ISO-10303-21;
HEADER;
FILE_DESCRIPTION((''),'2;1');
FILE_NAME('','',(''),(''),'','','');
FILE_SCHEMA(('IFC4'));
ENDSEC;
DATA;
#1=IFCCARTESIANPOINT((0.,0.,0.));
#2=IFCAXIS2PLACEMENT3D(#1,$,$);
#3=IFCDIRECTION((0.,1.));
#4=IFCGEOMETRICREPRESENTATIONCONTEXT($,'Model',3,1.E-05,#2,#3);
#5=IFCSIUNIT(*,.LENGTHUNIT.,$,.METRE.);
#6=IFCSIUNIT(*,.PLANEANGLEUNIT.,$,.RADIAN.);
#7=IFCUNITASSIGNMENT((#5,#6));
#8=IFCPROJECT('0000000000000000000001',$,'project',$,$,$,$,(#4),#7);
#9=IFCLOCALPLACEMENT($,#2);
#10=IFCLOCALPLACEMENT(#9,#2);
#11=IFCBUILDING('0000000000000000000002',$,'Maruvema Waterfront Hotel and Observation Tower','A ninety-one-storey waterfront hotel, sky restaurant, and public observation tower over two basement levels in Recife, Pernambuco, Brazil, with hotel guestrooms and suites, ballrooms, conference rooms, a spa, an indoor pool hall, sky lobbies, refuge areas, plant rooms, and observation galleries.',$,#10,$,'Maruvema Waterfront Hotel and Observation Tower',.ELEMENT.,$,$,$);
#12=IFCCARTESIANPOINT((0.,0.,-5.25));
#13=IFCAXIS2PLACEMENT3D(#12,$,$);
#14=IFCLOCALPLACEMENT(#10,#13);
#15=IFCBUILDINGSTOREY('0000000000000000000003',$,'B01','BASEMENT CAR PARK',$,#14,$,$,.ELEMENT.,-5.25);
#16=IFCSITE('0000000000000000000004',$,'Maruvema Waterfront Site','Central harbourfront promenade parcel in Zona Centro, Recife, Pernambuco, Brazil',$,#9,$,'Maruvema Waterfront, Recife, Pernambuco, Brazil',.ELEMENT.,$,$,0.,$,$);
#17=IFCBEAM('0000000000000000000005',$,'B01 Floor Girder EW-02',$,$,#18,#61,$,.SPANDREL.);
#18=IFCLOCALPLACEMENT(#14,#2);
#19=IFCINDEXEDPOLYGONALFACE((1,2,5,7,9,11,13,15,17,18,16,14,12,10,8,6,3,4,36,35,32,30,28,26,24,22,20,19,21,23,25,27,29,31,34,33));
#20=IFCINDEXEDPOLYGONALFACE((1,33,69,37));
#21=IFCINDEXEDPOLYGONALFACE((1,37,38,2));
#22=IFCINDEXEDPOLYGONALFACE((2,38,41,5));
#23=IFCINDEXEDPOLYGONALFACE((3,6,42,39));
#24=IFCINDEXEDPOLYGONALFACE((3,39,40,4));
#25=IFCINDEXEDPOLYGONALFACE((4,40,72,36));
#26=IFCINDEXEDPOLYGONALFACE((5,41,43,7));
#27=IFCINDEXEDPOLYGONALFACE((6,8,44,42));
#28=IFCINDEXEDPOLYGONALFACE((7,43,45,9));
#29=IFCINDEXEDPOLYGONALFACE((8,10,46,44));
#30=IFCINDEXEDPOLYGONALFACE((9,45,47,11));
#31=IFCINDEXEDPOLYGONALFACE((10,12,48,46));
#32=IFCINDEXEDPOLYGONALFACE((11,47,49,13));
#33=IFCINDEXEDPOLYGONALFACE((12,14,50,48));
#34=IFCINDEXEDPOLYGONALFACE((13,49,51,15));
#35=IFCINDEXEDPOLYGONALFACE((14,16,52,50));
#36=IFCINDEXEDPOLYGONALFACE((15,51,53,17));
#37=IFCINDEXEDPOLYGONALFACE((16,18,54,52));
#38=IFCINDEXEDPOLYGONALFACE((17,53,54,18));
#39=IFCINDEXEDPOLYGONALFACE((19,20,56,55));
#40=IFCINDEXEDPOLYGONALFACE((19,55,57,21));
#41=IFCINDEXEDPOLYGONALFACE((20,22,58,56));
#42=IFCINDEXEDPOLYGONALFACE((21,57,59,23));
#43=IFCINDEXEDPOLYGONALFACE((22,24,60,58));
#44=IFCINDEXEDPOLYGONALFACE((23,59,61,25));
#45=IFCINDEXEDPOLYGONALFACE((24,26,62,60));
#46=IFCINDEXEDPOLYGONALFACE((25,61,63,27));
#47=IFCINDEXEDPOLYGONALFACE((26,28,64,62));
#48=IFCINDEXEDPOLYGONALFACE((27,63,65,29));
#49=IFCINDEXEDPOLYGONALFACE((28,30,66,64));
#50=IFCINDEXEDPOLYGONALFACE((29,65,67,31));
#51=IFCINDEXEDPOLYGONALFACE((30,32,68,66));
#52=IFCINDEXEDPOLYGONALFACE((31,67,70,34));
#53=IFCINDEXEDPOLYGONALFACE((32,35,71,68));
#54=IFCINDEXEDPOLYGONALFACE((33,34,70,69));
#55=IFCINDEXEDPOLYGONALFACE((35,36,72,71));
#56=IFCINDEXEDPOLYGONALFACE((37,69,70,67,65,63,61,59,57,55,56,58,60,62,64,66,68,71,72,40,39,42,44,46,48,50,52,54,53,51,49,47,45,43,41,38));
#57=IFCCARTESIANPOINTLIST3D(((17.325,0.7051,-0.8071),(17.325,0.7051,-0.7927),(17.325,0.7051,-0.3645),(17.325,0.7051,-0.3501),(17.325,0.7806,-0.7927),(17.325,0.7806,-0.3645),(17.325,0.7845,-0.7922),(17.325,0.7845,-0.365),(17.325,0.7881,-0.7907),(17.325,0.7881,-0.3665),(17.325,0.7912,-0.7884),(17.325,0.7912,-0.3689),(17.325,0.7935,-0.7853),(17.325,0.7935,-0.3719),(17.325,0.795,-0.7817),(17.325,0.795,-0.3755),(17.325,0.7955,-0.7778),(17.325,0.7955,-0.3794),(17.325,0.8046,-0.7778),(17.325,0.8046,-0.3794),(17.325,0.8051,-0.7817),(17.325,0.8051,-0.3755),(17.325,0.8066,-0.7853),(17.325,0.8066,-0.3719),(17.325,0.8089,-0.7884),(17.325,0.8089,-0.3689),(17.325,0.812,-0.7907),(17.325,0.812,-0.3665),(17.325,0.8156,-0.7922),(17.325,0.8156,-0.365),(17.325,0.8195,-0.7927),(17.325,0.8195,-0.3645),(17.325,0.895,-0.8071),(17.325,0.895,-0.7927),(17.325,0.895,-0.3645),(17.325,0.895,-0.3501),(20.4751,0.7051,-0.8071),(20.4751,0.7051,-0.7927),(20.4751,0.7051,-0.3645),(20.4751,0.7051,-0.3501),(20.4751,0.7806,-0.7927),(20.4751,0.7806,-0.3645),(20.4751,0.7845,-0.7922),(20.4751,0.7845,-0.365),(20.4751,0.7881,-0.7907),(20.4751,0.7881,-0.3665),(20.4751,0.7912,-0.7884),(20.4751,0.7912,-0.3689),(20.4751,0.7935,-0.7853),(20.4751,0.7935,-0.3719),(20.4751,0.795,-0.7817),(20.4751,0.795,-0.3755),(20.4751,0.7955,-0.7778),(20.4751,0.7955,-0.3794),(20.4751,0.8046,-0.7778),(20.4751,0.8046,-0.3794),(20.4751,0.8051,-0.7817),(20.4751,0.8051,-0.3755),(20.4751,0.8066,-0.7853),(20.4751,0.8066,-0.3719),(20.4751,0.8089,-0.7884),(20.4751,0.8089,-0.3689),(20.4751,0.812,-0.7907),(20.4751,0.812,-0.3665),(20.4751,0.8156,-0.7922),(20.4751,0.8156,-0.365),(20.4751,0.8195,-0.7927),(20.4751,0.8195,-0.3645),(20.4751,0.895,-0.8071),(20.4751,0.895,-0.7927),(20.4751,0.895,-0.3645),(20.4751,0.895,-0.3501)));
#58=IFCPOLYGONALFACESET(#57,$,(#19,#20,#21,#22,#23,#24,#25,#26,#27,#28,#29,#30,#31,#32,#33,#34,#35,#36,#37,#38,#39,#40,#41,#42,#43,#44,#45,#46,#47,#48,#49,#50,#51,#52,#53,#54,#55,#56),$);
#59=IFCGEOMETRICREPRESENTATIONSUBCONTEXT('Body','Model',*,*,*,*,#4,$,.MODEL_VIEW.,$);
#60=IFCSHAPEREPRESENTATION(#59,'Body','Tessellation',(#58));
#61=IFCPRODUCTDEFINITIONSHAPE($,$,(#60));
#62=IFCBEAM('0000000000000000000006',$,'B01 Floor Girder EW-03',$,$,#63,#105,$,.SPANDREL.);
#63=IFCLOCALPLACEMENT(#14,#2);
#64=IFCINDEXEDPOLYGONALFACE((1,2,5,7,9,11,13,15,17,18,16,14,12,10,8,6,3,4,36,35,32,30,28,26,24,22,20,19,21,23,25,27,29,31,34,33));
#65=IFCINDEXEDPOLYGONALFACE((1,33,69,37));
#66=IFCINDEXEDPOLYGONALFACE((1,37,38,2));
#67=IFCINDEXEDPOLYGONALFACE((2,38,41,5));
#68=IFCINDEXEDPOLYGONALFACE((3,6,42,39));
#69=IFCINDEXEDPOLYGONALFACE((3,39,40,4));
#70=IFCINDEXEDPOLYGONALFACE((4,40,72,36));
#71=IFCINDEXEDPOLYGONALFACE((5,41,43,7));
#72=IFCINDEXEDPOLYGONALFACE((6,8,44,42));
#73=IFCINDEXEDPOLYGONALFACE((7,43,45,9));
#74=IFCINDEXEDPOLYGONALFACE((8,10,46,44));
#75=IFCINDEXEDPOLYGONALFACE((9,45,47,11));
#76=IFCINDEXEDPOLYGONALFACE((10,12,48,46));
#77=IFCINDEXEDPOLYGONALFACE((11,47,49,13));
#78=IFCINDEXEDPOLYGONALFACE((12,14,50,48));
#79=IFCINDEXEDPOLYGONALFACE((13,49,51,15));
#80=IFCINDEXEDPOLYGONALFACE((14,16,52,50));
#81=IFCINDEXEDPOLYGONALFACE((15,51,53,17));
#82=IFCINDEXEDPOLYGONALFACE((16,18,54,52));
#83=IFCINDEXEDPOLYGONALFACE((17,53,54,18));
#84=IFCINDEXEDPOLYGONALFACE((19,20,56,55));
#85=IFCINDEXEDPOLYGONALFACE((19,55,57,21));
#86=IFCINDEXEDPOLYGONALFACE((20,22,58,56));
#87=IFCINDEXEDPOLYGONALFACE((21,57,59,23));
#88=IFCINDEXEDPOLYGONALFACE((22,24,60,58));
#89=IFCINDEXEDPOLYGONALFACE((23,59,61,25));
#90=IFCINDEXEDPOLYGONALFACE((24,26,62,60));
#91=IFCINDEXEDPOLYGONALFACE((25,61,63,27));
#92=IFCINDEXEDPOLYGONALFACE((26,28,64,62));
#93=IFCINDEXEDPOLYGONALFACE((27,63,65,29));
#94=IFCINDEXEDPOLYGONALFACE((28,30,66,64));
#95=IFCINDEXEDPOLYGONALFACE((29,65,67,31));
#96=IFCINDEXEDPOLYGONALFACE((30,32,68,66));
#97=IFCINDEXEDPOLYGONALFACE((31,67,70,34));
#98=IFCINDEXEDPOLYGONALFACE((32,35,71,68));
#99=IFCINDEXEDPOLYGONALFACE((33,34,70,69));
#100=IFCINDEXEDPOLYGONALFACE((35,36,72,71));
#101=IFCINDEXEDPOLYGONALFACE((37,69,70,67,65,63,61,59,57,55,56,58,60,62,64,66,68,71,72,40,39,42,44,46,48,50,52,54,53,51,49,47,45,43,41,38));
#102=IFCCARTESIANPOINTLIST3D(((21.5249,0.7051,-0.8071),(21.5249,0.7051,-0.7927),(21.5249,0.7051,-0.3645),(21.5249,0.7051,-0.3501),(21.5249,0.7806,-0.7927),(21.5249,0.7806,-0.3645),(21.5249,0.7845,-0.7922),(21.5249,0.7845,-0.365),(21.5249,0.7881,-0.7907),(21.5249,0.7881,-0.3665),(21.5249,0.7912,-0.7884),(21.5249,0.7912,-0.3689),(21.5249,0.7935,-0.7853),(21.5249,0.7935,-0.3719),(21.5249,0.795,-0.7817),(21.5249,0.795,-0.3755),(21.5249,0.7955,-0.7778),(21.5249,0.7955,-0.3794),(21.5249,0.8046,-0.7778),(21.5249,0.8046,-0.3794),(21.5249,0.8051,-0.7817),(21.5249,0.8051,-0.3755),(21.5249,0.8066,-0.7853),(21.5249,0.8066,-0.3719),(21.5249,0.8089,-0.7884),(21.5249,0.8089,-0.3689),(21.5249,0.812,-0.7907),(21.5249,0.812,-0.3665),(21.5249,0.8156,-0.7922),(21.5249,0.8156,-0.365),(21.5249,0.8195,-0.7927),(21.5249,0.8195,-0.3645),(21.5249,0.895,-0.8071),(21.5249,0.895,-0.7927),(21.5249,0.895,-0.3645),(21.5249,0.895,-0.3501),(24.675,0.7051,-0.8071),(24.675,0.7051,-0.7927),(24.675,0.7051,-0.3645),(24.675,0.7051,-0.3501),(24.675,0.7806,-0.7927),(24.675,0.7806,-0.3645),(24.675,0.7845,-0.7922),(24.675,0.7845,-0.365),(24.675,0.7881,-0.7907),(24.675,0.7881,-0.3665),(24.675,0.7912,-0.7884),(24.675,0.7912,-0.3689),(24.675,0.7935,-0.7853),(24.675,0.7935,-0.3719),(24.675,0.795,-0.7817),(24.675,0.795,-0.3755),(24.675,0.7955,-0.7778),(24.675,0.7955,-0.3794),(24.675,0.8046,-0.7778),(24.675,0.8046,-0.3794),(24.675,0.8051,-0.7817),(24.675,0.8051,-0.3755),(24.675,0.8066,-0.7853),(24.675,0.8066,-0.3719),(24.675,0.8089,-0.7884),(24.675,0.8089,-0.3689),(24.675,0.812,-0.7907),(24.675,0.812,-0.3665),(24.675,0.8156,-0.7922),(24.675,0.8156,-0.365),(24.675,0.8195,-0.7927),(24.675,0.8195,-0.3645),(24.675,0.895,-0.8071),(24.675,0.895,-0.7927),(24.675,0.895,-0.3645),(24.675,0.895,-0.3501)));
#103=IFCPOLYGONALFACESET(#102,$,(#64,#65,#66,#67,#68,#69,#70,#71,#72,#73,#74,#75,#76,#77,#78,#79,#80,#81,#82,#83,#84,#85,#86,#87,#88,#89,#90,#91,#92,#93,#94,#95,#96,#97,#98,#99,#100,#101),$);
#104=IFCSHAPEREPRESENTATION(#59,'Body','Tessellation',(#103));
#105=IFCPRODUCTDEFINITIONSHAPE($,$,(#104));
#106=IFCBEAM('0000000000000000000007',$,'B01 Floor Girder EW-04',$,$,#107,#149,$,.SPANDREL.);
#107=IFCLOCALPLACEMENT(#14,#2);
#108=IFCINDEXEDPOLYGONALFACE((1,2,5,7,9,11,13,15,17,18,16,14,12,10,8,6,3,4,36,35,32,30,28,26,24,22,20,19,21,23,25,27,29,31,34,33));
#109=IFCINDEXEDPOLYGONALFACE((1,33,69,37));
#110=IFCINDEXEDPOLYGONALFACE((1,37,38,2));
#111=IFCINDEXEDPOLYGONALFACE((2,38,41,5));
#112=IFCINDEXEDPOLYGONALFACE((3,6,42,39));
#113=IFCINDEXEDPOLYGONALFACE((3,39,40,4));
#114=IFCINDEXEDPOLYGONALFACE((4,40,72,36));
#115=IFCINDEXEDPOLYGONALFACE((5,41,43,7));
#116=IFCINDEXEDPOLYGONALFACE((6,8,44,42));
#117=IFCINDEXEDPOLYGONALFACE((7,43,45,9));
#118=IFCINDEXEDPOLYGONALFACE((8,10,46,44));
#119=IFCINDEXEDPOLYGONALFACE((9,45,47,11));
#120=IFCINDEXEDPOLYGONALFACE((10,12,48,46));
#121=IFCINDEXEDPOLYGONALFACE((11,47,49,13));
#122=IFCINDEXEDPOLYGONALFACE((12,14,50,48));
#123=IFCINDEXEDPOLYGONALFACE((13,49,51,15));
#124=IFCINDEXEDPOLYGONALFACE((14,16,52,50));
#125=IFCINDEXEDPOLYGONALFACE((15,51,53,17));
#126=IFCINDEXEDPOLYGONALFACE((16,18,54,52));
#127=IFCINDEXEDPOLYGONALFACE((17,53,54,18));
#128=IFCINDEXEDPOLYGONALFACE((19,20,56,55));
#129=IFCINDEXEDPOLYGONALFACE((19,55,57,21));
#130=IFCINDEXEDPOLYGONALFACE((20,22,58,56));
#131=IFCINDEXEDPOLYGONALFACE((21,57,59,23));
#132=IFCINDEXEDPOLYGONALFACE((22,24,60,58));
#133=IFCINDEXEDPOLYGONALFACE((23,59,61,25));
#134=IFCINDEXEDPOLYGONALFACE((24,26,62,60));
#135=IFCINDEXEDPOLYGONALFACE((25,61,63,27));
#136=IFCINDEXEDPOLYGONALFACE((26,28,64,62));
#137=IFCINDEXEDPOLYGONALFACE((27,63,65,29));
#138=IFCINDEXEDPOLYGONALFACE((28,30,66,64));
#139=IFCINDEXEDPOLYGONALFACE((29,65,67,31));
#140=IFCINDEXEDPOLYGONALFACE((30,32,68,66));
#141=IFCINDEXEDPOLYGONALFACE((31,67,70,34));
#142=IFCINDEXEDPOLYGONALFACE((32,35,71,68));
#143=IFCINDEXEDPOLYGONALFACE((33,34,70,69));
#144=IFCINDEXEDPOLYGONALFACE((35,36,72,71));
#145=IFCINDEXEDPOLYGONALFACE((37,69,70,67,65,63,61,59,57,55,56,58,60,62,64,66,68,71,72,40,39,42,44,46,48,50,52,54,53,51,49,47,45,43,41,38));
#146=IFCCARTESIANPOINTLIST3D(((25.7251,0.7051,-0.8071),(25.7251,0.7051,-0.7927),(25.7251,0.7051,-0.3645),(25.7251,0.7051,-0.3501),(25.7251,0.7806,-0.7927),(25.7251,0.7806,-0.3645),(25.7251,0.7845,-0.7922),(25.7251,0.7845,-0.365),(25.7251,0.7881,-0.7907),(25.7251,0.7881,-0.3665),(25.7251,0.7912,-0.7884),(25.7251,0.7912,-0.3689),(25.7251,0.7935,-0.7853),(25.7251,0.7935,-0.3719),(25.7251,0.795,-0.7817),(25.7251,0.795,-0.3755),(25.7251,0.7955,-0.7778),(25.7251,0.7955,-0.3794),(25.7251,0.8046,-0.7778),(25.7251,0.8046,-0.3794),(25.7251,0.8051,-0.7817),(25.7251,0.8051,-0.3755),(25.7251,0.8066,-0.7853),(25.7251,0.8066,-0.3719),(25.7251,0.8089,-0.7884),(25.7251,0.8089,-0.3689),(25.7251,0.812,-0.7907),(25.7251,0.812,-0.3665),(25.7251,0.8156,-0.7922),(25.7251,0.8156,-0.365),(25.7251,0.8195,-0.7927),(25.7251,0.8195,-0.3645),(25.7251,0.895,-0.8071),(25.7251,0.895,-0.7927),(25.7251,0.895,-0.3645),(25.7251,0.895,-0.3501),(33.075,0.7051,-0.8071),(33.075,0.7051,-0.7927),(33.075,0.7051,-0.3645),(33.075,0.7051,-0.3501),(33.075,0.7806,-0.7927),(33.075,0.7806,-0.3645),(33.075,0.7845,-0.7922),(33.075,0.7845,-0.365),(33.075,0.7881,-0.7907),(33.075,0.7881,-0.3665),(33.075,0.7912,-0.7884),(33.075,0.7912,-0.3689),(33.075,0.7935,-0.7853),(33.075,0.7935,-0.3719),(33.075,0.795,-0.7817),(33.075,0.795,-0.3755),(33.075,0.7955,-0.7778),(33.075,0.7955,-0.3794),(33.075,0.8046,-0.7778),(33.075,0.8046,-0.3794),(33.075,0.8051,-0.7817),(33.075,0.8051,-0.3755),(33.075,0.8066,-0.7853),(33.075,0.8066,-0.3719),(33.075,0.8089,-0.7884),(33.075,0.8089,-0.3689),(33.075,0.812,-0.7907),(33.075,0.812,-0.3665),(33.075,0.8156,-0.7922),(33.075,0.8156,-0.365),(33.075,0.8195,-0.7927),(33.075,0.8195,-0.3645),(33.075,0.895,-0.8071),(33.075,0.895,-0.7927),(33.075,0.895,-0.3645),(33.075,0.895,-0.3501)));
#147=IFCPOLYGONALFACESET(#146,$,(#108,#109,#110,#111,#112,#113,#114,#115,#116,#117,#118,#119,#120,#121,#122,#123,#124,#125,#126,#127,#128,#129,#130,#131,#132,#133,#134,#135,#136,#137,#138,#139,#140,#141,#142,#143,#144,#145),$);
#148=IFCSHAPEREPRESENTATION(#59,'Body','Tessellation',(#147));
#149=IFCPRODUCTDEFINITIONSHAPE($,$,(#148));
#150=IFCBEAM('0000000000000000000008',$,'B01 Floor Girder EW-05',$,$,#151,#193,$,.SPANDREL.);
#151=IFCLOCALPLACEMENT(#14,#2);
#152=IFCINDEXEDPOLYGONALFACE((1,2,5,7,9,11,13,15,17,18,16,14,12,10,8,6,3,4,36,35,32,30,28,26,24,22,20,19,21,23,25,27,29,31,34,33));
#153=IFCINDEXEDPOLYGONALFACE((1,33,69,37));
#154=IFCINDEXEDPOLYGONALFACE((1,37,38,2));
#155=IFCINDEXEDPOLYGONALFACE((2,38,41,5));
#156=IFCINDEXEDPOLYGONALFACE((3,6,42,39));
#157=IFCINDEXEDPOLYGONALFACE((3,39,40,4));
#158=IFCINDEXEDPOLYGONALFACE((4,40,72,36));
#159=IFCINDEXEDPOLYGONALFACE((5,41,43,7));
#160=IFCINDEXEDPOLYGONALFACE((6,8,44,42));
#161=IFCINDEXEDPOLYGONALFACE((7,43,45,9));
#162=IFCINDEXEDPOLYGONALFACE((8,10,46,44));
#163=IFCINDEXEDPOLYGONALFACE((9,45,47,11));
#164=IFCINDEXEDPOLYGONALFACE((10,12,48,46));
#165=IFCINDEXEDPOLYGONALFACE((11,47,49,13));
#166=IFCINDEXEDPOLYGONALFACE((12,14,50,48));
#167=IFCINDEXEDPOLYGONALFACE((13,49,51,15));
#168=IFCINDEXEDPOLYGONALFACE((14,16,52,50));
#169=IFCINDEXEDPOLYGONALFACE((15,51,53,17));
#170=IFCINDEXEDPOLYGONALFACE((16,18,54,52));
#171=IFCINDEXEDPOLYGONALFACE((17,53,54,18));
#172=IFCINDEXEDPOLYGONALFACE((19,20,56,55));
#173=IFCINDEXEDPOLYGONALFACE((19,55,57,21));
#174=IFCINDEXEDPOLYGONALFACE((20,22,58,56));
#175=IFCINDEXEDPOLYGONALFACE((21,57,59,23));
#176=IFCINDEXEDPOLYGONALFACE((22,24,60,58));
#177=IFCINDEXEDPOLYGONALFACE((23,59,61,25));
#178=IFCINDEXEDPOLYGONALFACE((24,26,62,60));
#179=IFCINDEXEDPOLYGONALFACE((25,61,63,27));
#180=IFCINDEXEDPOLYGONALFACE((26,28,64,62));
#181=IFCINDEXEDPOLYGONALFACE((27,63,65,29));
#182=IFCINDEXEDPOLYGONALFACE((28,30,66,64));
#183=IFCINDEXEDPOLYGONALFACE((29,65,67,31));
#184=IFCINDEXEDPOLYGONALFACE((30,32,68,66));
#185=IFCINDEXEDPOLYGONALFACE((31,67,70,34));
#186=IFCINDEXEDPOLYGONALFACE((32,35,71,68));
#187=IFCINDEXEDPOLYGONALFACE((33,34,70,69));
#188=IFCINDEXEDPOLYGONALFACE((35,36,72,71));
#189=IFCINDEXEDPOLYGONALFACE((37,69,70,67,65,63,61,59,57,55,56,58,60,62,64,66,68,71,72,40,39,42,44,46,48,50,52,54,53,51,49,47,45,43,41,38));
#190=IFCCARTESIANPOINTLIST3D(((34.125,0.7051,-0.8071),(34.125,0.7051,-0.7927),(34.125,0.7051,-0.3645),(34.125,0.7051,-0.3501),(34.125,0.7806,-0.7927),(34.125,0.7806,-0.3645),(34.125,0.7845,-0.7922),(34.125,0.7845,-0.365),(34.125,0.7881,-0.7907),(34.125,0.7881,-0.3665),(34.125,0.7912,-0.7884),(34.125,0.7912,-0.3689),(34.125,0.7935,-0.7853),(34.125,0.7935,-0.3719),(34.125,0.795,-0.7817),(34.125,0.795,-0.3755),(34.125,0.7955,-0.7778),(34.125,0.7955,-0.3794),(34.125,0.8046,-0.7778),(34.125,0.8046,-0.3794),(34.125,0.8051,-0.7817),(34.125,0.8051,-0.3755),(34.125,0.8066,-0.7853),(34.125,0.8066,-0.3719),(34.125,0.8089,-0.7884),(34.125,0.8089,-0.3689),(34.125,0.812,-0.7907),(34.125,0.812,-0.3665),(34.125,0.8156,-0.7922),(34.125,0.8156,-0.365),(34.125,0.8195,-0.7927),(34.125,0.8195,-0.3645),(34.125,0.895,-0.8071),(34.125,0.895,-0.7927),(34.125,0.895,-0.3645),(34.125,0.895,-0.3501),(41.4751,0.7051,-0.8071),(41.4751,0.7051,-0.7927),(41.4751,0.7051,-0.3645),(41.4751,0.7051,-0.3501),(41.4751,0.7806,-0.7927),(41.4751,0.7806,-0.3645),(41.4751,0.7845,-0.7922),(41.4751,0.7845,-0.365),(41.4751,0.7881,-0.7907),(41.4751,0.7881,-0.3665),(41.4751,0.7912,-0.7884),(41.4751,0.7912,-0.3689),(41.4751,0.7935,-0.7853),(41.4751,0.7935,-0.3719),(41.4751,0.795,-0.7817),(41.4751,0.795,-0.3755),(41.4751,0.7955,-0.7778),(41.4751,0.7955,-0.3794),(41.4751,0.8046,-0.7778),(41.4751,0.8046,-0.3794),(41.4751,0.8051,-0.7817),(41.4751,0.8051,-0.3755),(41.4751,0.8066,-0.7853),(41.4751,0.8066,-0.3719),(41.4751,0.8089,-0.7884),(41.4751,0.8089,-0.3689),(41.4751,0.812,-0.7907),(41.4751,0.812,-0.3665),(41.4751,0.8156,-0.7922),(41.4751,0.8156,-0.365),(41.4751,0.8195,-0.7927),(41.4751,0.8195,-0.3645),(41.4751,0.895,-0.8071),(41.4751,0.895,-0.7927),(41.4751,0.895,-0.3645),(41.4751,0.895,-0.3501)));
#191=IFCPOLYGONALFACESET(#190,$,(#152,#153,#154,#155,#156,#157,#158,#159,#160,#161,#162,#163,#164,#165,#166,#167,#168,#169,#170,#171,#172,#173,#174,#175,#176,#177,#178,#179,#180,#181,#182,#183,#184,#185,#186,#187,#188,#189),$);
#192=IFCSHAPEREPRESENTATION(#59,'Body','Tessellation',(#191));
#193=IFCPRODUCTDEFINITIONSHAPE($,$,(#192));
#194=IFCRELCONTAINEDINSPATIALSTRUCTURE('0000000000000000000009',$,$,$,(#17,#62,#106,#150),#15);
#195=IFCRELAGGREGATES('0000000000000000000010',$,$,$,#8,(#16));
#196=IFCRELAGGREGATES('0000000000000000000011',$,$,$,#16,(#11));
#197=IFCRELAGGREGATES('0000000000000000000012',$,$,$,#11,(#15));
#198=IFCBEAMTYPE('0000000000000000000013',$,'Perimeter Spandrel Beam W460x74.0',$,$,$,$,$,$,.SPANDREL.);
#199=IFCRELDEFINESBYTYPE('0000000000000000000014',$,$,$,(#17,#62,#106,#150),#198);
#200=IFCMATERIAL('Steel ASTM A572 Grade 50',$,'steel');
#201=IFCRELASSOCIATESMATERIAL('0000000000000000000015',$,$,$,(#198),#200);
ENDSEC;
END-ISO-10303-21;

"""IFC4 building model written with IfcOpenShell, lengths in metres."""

from ifc_helpers import new_model, si_unit, direction, frame, origin, origin_2d, place, context, subcontext, project, spatial, i_section, extrude, material, material_profile, profile_set, type_object, element, save


model = new_model("IFC4")

# Units and contexts
model_context = context("Model", 3, precision=1e-05, world=origin(), true_north=direction((0.0, 1.0)))
body_context = subcontext(model_context, "Body", "Model", "MODEL_VIEW")
ifc_project = project(units=[si_unit("LENGTHUNIT", "METRE"), si_unit("PLANEANGLEUNIT", "RADIAN")], contexts=[model_context])

# Site, building, storey
site_placement = place(None, origin())
site = spatial("IfcSite", under=ifc_project, at=site_placement, Name="Maruvema Waterfront Site", Description="Central harbourfront promenade parcel in Zona Centro, Recife, Pernambuco, Brazil", LongName="Maruvema Waterfront, Recife, Pernambuco, Brazil", CompositionType="ELEMENT", RefElevation=0.0)
building_placement = place(site_placement, origin())
building = spatial("IfcBuilding", under=site, at=building_placement, Name="Maruvema Waterfront Hotel and Observation Tower", Description="A ninety-one-storey waterfront hotel, sky restaurant, and public observation tower over two basement levels in Recife, Pernambuco, Brazil, with hotel guestrooms and suites, ballrooms, conference rooms, a spa, an indoor pool hall, sky lobbies, refuge areas, plant rooms, and observation galleries.", LongName="Maruvema Waterfront Hotel and Observation Tower", CompositionType="ELEMENT")
storey_placement = place(building_placement, frame((0.0, 0.0, -5.25)))
storey = spatial("IfcBuildingStorey", under=building, at=storey_placement, Name="B01", Description="BASEMENT CAR PARK", CompositionType="ELEMENT", Elevation=-5.25)

# Beams
ifc_material_1 = material(Name="Steel ASTM A572 Grade 50", Category="steel")
ifc_material_profile_1 = material_profile(ifc_material_1, i_section(OverallWidth=0.1899, OverallDepth=0.457, WebThickness=0.009, FlangeThickness=0.0144, FilletRadius=0.0149, at=origin_2d()), Name="W460x74.0")
ifc_profile_set_1 = profile_set([ifc_material_profile_1], Name="Steel ASTM A572 Grade 50")
beam_type_1 = type_object("IfcBeamType", Name="Perimeter Spandrel Beam W460x74.0", PredefinedType="SPANDREL", material=ifc_profile_set_1)
for number, where, z_axis, x_axis, name in (
    (1, (17.325, 0.8, -0.5786), (1.0, 0.0, 0.0), (0.0, 1.0, 0.0), "B01 Floor Girder EW-02"),
    (2, (21.5249, 0.8, -0.5786), (1.0, 0.0, 0.0), (0.0, 1.0, 0.0), "B01 Floor Girder EW-03"),
):
    element("IfcBeam", number, at=place(storey_placement, frame(where, z_axis=z_axis, x_axis=x_axis)), inside=storey, type_object=beam_type_1, Name=name, PredefinedType="SPANDREL", context=body_context, shape_type="SweptSolid", body=[
        extrude(i_section(OverallWidth=0.1899, OverallDepth=0.457, WebThickness=0.009, FlangeThickness=0.0144, FilletRadius=0.0149, at=origin_2d()), origin(), (0.0, 0.0, 1.0), 3.1501),
    ])
beam_1_placement = place(storey_placement, frame((25.7251, 0.8, -0.5786), z_axis=(1.0, 0.0, 0.0), x_axis=(0.0, 1.0, 0.0)))
element("IfcBeam", 3, at=beam_1_placement, inside=storey, type_object=beam_type_1, Name="B01 Floor Girder EW-04", PredefinedType="SPANDREL", context=body_context, shape_type="SweptSolid", body=[
    extrude(i_section(OverallWidth=0.1899, OverallDepth=0.457, WebThickness=0.009, FlangeThickness=0.0144, FilletRadius=0.0149, at=origin_2d()), origin(), (0.0, 0.0, 1.0), 7.3499),
])
beam_2_placement = place(storey_placement, frame((34.125, 0.8, -0.5786), z_axis=(1.0, 0.0, 0.0), x_axis=(0.0, 1.0, 0.0)))
element("IfcBeam", 4, at=beam_2_placement, inside=storey, type_object=beam_type_1, Name="B01 Floor Girder EW-05", PredefinedType="SPANDREL", context=body_context, shape_type="SweptSolid", body=[
    extrude(i_section(OverallWidth=0.1899, OverallDepth=0.457, WebThickness=0.009, FlangeThickness=0.0144, FilletRadius=0.0149, at=origin_2d()), origin(), (0.0, 0.0, 1.0), 7.3501),
])

save(model, "model.ifc")
